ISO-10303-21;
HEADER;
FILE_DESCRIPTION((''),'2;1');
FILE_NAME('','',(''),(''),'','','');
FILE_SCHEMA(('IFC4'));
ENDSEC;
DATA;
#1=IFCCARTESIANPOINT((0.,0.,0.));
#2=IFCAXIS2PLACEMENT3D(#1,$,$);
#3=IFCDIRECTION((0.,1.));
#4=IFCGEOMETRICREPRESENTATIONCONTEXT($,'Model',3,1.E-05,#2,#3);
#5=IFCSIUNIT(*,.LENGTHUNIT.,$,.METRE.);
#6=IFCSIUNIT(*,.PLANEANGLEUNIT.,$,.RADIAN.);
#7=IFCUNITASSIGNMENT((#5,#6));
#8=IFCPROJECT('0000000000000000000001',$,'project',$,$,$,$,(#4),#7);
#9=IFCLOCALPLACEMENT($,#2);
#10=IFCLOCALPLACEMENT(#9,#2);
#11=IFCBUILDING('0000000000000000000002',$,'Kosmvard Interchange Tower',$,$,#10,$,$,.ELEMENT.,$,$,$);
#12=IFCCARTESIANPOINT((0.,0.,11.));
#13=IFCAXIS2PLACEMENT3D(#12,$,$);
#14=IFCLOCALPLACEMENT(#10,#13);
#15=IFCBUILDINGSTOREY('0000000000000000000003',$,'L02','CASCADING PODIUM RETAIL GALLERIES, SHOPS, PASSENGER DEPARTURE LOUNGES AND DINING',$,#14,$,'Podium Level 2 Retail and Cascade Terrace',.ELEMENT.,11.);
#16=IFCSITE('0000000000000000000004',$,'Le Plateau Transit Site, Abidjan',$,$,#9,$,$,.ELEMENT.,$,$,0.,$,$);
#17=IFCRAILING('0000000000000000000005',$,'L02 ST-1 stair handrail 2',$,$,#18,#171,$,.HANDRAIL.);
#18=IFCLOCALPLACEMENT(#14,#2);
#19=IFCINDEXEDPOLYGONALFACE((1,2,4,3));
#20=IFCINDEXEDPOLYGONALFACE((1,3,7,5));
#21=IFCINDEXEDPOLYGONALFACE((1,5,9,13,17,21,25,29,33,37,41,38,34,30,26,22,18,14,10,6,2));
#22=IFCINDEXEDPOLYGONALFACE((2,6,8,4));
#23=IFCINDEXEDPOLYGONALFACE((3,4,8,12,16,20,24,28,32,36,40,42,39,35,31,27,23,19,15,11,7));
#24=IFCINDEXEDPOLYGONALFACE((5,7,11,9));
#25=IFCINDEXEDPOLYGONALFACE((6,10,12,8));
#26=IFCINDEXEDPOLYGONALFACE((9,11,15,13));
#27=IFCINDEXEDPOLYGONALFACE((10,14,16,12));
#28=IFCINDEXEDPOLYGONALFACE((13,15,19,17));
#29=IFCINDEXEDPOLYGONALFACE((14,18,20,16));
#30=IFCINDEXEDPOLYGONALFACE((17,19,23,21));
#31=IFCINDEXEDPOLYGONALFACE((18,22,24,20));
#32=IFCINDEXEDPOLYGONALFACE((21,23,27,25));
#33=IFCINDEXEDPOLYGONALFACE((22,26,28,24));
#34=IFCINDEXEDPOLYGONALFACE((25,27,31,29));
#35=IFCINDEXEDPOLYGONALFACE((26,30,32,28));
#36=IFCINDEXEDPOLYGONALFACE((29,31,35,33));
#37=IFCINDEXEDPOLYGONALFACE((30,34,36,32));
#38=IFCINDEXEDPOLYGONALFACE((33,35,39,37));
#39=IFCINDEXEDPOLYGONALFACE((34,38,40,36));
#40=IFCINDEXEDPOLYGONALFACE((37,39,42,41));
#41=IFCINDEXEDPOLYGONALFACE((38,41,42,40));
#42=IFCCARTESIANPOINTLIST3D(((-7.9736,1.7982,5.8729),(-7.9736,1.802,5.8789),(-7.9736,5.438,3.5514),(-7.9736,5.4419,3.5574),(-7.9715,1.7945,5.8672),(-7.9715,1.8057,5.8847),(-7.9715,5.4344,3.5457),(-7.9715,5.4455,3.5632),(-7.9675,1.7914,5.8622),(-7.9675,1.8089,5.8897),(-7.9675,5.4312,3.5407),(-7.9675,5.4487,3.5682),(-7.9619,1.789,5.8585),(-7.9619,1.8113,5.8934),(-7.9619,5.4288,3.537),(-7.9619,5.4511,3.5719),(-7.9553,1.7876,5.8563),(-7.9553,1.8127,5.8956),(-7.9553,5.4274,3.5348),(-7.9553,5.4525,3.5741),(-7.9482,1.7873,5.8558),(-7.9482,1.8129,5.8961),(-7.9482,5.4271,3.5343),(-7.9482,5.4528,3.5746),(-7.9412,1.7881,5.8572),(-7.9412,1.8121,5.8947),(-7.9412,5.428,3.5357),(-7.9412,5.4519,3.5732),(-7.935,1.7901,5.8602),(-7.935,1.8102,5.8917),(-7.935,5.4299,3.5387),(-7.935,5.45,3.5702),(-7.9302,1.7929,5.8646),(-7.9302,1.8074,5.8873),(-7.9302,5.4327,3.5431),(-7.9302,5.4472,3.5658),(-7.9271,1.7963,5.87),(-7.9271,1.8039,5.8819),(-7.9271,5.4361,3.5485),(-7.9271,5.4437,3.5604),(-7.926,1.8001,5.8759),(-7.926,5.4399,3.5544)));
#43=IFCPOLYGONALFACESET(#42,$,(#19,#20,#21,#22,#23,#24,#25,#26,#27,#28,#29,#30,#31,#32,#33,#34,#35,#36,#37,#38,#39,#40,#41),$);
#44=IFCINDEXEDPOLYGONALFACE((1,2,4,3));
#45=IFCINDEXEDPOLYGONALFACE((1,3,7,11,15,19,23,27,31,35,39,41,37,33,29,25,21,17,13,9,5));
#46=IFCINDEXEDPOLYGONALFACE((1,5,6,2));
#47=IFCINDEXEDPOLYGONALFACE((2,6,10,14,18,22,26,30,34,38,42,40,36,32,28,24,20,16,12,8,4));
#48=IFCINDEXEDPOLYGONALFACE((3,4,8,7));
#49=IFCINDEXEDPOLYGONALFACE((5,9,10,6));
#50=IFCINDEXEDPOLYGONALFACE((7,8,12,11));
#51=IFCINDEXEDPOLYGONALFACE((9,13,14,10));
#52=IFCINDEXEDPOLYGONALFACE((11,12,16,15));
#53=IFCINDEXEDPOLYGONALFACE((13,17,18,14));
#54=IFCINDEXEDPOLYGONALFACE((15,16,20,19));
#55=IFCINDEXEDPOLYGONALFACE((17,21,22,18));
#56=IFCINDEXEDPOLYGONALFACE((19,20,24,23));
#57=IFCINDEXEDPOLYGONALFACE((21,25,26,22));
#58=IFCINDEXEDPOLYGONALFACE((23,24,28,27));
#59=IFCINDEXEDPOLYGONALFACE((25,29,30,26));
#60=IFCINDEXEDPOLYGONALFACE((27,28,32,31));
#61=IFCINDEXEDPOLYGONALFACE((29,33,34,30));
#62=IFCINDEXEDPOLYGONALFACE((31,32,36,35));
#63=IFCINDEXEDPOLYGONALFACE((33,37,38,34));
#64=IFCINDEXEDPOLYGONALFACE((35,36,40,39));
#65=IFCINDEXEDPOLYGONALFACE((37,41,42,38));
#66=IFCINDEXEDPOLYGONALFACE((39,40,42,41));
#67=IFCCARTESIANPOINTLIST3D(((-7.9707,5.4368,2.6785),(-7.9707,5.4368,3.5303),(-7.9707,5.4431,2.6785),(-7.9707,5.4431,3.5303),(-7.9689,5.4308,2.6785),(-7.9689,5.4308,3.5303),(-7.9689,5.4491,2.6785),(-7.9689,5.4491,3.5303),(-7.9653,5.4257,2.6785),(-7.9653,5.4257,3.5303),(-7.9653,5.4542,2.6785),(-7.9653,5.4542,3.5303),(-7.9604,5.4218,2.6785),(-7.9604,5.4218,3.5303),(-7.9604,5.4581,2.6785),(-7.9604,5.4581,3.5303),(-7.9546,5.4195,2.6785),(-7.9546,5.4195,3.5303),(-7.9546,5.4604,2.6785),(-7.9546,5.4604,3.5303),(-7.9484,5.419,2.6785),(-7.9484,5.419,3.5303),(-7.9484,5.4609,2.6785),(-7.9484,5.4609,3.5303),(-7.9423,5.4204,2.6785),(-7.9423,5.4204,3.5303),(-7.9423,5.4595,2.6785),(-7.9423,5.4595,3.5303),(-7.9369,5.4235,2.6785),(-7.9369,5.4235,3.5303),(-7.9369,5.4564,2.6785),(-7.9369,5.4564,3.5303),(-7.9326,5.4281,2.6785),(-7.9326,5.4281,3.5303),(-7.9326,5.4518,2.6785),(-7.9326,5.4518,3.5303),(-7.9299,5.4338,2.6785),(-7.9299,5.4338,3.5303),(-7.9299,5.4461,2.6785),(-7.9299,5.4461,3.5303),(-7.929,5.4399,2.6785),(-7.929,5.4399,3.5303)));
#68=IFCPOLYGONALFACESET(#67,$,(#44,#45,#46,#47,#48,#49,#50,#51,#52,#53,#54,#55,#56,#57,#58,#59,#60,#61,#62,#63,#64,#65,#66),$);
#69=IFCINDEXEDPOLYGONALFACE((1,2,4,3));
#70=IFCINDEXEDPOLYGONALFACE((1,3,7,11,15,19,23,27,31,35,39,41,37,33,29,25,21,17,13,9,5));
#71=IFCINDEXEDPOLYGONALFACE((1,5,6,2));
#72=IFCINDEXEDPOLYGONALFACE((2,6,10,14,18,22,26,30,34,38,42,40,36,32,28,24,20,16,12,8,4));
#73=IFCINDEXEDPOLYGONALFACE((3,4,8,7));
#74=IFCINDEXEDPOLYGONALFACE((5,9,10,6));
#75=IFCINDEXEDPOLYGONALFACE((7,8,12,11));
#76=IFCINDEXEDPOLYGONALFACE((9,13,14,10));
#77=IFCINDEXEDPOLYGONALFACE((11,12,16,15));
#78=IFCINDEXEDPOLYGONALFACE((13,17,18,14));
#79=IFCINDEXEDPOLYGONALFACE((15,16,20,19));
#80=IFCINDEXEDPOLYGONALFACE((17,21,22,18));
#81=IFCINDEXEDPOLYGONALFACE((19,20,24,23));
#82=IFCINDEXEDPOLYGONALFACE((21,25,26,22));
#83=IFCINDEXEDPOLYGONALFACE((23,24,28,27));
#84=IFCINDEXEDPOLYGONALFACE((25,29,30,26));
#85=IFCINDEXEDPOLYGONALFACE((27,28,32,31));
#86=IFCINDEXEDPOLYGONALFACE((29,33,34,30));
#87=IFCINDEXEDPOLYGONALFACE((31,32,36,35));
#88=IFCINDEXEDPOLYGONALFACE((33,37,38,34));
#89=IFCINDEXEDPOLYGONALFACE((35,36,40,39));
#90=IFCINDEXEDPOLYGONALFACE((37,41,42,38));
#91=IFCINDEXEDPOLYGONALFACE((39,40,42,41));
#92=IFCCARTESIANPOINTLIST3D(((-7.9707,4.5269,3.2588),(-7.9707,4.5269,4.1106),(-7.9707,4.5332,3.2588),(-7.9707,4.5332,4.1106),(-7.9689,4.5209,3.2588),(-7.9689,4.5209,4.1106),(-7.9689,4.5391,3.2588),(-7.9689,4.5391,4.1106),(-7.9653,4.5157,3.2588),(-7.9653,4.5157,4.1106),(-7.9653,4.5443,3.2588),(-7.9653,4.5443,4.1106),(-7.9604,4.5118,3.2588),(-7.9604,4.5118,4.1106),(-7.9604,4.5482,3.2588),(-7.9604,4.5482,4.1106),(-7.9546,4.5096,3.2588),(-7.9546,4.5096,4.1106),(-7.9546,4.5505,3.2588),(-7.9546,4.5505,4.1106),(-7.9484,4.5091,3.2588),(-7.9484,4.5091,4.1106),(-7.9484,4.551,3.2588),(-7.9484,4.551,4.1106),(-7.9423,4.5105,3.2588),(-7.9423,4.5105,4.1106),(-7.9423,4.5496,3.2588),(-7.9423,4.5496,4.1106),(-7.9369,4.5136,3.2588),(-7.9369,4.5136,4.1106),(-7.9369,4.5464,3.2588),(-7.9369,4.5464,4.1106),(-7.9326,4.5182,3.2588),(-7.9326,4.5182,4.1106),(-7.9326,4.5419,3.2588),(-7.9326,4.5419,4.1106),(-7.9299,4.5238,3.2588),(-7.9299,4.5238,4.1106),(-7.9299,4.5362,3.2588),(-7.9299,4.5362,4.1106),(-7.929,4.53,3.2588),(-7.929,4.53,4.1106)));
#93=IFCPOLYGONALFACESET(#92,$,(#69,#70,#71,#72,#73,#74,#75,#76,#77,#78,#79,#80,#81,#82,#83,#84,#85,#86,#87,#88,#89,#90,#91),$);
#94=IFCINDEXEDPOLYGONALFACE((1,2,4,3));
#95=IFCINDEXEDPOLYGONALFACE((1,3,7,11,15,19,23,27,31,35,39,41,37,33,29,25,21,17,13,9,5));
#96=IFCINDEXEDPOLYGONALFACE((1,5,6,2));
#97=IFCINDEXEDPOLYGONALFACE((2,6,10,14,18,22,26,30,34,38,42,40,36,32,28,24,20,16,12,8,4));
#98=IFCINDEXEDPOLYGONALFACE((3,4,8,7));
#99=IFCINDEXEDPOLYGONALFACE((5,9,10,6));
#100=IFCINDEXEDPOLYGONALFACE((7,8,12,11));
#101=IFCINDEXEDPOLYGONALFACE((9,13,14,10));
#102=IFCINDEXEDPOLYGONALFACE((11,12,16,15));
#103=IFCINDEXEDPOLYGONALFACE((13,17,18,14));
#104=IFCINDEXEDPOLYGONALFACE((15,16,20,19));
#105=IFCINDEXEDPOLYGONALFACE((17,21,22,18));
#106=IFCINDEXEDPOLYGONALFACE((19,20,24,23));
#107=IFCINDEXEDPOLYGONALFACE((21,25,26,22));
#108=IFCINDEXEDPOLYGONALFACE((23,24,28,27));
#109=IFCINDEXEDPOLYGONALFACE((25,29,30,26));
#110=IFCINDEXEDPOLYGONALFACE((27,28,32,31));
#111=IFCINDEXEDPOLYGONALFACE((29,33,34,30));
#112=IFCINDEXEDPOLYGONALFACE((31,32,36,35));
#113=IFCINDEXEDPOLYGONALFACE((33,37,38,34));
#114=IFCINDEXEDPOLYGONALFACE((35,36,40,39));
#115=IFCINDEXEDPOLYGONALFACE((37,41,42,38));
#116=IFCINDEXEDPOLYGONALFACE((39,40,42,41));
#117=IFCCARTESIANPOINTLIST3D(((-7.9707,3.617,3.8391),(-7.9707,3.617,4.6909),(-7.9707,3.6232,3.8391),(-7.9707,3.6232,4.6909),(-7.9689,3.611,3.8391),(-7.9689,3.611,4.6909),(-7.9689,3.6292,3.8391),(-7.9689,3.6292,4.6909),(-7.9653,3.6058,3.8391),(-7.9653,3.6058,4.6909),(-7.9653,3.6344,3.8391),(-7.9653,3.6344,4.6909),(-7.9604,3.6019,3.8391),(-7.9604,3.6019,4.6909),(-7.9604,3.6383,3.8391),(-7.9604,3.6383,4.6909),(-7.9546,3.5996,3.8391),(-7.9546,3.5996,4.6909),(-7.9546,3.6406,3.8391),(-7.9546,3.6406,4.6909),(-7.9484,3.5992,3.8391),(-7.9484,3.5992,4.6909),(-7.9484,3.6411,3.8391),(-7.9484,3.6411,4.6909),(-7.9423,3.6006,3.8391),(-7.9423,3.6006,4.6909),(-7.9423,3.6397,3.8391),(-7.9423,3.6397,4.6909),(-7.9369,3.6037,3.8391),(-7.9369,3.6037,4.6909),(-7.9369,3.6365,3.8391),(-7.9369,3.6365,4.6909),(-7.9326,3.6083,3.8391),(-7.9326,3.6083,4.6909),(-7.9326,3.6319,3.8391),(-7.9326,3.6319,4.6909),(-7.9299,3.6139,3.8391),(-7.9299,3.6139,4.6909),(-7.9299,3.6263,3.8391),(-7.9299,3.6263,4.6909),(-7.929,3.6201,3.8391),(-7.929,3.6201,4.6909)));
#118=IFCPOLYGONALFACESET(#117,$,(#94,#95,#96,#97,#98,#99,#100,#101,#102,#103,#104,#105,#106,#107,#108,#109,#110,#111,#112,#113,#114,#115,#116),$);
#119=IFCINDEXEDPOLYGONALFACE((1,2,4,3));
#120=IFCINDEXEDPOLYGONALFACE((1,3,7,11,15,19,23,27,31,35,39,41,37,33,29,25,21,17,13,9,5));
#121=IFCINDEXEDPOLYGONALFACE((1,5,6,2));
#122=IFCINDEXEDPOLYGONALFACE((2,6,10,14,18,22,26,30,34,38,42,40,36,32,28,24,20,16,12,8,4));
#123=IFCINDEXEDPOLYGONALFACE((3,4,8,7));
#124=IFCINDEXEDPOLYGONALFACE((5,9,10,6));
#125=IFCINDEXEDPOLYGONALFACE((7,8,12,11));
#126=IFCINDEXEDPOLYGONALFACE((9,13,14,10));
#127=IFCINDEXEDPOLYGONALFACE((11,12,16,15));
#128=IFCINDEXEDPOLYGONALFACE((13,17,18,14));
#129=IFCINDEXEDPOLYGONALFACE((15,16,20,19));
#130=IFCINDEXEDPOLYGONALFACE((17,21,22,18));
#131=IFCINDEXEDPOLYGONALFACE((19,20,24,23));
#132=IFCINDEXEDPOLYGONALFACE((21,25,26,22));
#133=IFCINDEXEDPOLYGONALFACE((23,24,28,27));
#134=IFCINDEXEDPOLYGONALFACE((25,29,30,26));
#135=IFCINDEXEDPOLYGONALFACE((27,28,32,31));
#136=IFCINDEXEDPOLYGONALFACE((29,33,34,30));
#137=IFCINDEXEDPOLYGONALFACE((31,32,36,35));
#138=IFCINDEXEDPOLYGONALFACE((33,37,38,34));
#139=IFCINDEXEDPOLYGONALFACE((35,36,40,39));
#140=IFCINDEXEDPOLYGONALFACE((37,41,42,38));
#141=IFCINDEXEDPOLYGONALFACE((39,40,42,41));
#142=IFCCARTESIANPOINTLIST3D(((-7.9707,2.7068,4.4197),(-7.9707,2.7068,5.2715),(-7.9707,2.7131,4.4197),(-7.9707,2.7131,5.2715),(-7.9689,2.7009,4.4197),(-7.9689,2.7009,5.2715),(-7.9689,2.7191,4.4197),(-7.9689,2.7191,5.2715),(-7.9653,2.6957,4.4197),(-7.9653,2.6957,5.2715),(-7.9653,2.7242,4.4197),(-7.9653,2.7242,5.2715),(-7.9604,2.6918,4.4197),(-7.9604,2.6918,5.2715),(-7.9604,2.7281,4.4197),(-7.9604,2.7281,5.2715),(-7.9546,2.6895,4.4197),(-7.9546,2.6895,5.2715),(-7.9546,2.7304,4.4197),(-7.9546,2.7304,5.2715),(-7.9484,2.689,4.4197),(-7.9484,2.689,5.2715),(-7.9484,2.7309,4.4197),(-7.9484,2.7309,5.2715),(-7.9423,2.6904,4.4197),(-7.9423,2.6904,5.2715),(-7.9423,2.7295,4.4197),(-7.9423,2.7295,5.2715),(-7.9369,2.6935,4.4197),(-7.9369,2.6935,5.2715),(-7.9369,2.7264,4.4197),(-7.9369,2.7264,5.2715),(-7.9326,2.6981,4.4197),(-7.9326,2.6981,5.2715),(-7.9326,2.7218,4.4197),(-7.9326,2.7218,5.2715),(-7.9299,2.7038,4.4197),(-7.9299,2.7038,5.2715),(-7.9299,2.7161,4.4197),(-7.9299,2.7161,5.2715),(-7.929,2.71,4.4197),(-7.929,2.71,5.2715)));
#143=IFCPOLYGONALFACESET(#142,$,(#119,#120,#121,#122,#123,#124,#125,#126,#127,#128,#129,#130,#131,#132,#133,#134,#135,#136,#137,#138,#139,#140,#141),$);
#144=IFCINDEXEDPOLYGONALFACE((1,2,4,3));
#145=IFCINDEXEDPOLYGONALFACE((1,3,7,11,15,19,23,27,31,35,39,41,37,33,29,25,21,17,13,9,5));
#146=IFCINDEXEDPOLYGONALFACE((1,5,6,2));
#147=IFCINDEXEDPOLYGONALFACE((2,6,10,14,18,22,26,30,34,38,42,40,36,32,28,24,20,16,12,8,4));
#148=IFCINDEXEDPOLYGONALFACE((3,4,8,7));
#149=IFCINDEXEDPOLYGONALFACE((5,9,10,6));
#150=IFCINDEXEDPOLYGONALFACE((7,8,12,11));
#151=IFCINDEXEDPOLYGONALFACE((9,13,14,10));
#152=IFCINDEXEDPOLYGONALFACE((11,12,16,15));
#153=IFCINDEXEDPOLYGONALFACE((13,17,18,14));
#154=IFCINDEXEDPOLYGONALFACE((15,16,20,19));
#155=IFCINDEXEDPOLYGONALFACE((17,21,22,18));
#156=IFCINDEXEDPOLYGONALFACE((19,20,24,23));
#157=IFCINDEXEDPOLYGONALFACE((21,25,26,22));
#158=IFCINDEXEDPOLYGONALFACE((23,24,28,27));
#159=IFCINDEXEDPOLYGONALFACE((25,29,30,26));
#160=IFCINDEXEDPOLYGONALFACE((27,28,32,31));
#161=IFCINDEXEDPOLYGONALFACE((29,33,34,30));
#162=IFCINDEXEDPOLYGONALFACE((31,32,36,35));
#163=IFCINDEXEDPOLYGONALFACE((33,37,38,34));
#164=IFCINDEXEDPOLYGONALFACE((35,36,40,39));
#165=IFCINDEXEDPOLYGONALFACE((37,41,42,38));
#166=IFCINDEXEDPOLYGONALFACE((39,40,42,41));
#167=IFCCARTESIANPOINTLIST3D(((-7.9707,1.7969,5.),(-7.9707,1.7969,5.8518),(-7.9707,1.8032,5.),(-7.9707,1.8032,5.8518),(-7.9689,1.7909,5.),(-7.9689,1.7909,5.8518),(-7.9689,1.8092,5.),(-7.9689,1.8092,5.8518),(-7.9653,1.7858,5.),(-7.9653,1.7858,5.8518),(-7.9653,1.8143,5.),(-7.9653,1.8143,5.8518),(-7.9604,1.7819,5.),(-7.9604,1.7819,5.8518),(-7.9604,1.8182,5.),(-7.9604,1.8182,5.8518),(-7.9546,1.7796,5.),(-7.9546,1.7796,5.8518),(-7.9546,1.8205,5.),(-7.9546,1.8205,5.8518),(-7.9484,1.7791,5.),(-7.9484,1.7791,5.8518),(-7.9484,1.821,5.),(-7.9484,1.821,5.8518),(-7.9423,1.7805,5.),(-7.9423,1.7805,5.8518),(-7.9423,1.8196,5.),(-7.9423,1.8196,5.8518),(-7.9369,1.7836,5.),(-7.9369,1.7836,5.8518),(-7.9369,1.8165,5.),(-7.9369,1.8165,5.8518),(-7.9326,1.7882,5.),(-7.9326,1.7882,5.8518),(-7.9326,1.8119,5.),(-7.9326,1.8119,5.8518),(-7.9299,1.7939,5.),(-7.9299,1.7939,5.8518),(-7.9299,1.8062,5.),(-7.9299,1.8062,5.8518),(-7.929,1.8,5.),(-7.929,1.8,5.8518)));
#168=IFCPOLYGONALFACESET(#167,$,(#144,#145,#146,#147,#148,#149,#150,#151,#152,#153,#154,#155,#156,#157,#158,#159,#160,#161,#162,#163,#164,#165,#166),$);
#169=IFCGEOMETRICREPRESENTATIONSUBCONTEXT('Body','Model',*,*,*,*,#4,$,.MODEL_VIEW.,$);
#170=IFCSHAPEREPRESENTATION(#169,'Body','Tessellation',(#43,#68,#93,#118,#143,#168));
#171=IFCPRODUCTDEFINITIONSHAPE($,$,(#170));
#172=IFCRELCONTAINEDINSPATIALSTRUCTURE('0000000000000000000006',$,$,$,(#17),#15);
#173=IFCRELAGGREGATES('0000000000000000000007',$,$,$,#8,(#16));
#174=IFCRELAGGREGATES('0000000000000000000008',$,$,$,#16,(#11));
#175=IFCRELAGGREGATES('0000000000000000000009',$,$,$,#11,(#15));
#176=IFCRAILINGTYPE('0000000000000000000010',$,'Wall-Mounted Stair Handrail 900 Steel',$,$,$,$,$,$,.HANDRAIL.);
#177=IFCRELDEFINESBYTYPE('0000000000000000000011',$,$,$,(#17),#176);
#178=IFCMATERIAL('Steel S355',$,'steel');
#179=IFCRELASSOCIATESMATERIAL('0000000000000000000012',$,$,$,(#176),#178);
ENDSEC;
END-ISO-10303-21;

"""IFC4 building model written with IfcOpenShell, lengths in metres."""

from ifc_helpers import new_model, si_unit, direction, frame, origin, origin_2d, place, context, subcontext, project, spatial, circle, extrude, source, transform, mapped, material, type_object, element, save


model = new_model("IFC4")

# Units and contexts
model_context = context("Model", 3, precision=1e-05, world=origin(), true_north=direction((0.0, 1.0)))
body_context = subcontext(model_context, "Body", "Model", "MODEL_VIEW")
ifc_project = project(units=[si_unit("LENGTHUNIT", "METRE"), si_unit("PLANEANGLEUNIT", "RADIAN")], contexts=[model_context])

# Site, building, storey
site_placement = place(None, origin())
site = spatial("IfcSite", under=ifc_project, at=site_placement, Name="Le Plateau Transit Site, Abidjan", CompositionType="ELEMENT", RefElevation=0.0)
building_placement = place(site_placement, origin())
building = spatial("IfcBuilding", under=site, at=building_placement, Name="Kosmvard Interchange Tower", CompositionType="ELEMENT")
storey_placement = place(building_placement, frame((0.0, 0.0, 11.0)))
storey = spatial("IfcBuildingStorey", under=building, at=storey_placement, Name="L02", Description="CASCADING PODIUM RETAIL GALLERIES, SHOPS, PASSENGER DEPARTURE LOUNGES AND DINING", LongName="Podium Level 2 Retail and Cascade Terrace", CompositionType="ELEMENT", Elevation=11.0)

# Shared definitions
ifc_material_1 = material(Name="Steel S355", Category="steel")

# Railing
railing_type_1 = type_object("IfcRailingType", Name="Wall-Mounted Stair Handrail 900 Steel", PredefinedType="HANDRAIL", material=ifc_material_1)
shared_shape_1 = source(origin(), body_context, "Body", "SweptSolid", [
    extrude(circle(Radius=0.0239, at=origin_2d()), frame((0.0, 0.0, 0.876), z_axis=(0.0, -0.843112, 0.537739), x_axis=(1.0, 0.0, 0.0)), (0.0, 0.0, 1.0), 4.3171),
    extrude(circle(Radius=0.021, at=origin_2d()), origin(), (0.0, 0.0, 1.0), 0.8518),
    extrude(circle(Radius=0.021, at=origin_2d()), frame((0.0, -0.9099, 0.5803)), (0.0, 0.0, 1.0), 0.8518),
    extrude(circle(Radius=0.021, at=origin_2d()), frame((0.0, -1.8198, 1.1606)), (0.0, 0.0, 1.0), 0.8518),
    extrude(circle(Radius=0.021, at=origin_2d()), frame((0.0, -2.73, 1.7412)), (0.0, 0.0, 1.0), 0.8518),
    extrude(circle(Radius=0.021, at=origin_2d()), frame((0.0, -3.6399, 2.3215)), (0.0, 0.0, 1.0), 0.8518),
])
railing_1_placement = place(storey_placement, frame((-7.95, 5.4399, 2.6785)))
element("IfcRailing", 1, at=railing_1_placement, inside=storey, type_object=railing_type_1, Name="L02 ST-1 stair handrail 2", PredefinedType="HANDRAIL", context=body_context, shape_type="MappedRepresentation", body=[
    mapped(shared_shape_1, transform((0.0, 0.0, 0.0), scale=1.0)),
])

save(model, "model.ifc")
